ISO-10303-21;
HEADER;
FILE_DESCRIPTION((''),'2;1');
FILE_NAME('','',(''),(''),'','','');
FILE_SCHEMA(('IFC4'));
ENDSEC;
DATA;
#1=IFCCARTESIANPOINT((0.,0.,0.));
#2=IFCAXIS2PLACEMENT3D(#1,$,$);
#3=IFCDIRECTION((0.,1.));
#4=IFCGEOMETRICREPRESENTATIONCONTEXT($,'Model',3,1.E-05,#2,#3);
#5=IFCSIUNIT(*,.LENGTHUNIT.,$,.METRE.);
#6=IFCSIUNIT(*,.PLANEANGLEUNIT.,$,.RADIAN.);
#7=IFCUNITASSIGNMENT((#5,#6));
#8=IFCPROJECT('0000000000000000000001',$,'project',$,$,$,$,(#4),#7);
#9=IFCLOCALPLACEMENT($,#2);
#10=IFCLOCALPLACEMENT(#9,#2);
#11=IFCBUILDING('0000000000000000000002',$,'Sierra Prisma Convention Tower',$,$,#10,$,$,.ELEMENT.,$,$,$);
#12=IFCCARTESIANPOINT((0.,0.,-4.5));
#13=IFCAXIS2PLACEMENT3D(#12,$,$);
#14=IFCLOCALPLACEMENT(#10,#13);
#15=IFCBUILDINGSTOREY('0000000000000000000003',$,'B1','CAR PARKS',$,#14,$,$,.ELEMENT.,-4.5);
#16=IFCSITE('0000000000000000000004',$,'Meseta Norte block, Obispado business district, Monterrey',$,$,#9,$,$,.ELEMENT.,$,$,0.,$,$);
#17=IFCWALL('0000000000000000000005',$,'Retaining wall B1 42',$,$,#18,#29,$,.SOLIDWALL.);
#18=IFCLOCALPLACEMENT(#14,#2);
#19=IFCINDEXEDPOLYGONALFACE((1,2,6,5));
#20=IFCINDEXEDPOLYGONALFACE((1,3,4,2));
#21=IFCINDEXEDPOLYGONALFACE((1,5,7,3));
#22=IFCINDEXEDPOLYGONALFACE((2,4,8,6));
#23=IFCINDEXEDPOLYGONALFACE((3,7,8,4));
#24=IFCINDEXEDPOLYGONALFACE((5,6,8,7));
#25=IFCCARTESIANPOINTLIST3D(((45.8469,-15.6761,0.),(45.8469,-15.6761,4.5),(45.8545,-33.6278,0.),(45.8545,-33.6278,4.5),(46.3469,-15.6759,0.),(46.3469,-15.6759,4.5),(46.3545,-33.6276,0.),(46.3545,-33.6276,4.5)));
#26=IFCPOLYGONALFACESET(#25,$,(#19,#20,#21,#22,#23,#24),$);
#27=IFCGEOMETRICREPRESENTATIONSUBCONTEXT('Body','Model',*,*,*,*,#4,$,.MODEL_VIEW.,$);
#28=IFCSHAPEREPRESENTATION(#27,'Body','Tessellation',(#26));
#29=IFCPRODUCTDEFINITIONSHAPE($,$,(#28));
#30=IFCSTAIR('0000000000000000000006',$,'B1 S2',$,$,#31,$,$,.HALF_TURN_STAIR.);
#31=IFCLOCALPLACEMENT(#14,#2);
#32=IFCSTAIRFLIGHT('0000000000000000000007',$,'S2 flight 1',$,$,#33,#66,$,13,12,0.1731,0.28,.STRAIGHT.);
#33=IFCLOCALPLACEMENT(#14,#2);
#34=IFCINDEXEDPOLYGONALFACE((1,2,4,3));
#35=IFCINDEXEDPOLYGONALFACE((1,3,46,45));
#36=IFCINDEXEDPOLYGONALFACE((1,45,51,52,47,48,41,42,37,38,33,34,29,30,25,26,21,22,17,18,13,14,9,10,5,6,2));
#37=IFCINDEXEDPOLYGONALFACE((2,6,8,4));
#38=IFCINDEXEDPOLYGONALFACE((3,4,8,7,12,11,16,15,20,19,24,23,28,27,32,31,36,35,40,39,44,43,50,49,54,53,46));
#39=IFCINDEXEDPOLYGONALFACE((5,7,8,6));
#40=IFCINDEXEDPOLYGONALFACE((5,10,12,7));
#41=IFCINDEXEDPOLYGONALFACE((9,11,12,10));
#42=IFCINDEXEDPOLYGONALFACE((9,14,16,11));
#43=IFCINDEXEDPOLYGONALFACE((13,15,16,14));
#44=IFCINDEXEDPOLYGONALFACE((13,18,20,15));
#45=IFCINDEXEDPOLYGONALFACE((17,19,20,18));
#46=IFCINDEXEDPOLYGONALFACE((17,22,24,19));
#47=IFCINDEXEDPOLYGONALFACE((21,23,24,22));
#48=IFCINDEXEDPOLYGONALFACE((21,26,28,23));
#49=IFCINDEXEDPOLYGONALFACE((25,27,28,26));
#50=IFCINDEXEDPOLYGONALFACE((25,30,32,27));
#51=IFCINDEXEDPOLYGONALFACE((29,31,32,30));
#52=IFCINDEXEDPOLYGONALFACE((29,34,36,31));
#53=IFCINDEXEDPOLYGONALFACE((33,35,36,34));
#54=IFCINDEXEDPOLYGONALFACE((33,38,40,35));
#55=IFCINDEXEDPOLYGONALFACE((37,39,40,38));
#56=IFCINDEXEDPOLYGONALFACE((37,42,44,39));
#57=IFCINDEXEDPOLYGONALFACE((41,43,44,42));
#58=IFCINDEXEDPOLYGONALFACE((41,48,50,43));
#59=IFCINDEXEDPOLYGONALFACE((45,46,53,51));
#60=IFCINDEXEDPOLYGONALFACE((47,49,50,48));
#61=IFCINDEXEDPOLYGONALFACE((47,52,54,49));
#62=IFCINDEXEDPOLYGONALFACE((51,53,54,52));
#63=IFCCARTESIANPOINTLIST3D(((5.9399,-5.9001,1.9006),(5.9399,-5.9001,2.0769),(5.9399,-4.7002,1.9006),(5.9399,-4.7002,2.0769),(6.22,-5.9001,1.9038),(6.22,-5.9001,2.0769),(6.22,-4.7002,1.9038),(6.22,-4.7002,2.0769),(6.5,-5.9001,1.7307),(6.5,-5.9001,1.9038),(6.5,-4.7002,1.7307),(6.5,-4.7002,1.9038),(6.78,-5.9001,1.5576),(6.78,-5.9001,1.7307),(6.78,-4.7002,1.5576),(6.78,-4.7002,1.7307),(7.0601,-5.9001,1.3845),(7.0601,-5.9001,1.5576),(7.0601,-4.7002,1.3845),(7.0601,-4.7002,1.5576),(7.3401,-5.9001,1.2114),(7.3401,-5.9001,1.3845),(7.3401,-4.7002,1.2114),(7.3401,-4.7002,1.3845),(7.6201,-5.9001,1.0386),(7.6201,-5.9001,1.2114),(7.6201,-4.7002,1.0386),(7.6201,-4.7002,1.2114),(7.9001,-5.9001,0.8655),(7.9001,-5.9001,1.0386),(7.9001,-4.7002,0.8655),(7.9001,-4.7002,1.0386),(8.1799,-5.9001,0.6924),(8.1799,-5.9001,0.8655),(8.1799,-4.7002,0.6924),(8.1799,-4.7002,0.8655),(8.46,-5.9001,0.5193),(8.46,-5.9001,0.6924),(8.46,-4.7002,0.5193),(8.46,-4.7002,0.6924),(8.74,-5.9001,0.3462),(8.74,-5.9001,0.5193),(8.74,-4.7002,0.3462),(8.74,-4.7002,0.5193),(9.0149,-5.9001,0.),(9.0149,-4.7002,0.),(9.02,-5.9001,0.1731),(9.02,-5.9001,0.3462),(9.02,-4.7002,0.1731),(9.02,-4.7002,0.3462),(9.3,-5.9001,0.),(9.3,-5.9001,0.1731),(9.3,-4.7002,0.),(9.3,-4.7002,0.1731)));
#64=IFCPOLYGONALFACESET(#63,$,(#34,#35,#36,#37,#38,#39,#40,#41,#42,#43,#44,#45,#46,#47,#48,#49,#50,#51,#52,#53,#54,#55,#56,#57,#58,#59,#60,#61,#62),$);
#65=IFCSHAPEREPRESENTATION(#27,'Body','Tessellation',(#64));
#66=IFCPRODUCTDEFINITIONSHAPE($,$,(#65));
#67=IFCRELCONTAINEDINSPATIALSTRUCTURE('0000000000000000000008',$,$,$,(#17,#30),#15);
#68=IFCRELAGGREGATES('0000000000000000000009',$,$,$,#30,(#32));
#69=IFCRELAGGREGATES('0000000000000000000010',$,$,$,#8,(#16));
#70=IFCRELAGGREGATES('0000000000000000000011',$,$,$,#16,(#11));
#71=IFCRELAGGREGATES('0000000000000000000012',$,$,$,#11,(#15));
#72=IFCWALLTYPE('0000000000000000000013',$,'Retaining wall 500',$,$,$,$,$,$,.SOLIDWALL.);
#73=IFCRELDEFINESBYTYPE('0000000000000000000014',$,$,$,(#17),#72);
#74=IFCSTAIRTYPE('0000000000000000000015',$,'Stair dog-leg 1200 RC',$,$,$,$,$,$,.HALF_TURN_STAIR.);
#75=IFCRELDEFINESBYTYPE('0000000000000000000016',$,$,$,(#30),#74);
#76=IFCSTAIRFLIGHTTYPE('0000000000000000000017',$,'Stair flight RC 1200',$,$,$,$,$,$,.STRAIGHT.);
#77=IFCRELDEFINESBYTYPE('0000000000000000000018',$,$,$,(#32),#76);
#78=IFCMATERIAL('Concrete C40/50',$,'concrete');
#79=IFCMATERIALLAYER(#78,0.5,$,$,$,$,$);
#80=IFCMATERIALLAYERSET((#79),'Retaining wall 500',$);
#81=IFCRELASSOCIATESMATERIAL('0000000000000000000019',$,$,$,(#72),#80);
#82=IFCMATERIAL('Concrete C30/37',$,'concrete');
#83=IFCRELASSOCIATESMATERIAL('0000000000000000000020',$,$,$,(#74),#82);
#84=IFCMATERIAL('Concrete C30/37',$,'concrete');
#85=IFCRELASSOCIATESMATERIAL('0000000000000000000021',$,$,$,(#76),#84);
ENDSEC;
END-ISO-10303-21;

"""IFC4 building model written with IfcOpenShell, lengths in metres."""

from ifc_helpers import new_model, si_unit, direction, frame, frame_2d, origin, place, context, subcontext, project, spatial, polyline, rectangle, outline, extrude, material, layer, layer_set, type_object, element, aggregate, save


model = new_model("IFC4")

# Units and contexts
model_context = context("Model", 3, precision=1e-05, world=origin(), true_north=direction((0.0, 1.0)))
body_context = subcontext(model_context, "Body", "Model", "MODEL_VIEW")
ifc_project = project(units=[si_unit("LENGTHUNIT", "METRE"), si_unit("PLANEANGLEUNIT", "RADIAN")], contexts=[model_context])

# Site, building, storey
site_placement = place(None, origin())
site = spatial("IfcSite", under=ifc_project, at=site_placement, Name="Meseta Norte block, Obispado business district, Monterrey", CompositionType="ELEMENT", RefElevation=0.0)
building_placement = place(site_placement, origin())
building = spatial("IfcBuilding", under=site, at=building_placement, Name="Sierra Prisma Convention Tower", CompositionType="ELEMENT")
storey_placement = place(building_placement, frame((0.0, 0.0, -4.5)))
storey = spatial("IfcBuildingStorey", under=building, at=storey_placement, Name="B1", Description="CAR PARKS", CompositionType="ELEMENT", Elevation=-4.5)

# Wall
ifc_material_1 = material(Name="Concrete C40/50", Category="concrete")
ifc_layer_1 = layer(ifc_material_1, 0.5)
ifc_layer_set_1 = layer_set([ifc_layer_1], Name="Retaining wall 500")
wall_type_1 = type_object("IfcWallType", Name="Retaining wall 500", PredefinedType="SOLIDWALL", material=ifc_layer_set_1)
wall_1_placement = place(storey_placement, frame((46.0969, -15.676, 0.0), z_axis=(0.0, 0.0, 1.0), x_axis=(0.000422, -1.0, 0.0)))
element("IfcWall", 1, at=wall_1_placement, inside=storey, type_object=wall_type_1, Name="Retaining wall B1 42", PredefinedType="SOLIDWALL", context=body_context, shape_type="SweptSolid", body=[
    extrude(rectangle(XDim=17.9517, YDim=0.5, at=frame_2d((8.9758, 0.0))), origin(), (0.0, 0.0, 1.0), 4.5),
])

# Stair, stair flight
ifc_material_2 = material(Name="Concrete C30/37", Category="concrete")
stair_type = type_object("IfcStairType", Name="Stair dog-leg 1200 RC", PredefinedType="HALF_TURN_STAIR", material=ifc_material_2)
stair_placement = place(storey_placement, origin())
stair = element("IfcStair", 2, at=stair_placement, inside=storey, type_object=stair_type, Name="B1 S2", PredefinedType="HALF_TURN_STAIR")
ifc_material_3 = material(Name="Concrete C30/37", Category="concrete")
stair_flight_type = type_object("IfcStairFlightType", Name="Stair flight RC 1200", PredefinedType="STRAIGHT", material=ifc_material_3)
stair_flight_placement = place(storey_placement, frame((9.3, -5.3, 0.0), z_axis=(0.0, 0.0, 1.0), x_axis=(-1.0, 0.0, 0.0)))
stair_flight = element("IfcStairFlight", 3, at=stair_flight_placement, type_object=stair_flight_type, Name="S2 flight 1", NumberOfRisers=13, NumberOfTreads=12, PredefinedType="STRAIGHT", RiserHeight=0.1731, TreadLength=0.28, context=body_context, shape_type="SweptSolid", body=[
    extrude(outline(polyline([(0.0, 0.0), (0.0, 0.1731), (0.28, 0.1731), (0.28, 0.3462), (0.5601, 0.3462), (0.5601, 0.5193), (0.8401, 0.5193), (0.8401, 0.6924), (1.1201, 0.6924), (1.1201, 0.8655), (1.3999, 0.8655), (1.3999, 1.0386), (1.6799, 1.0386), (1.6799, 1.2114), (1.96, 1.2114), (1.96, 1.3845), (2.24, 1.3845), (2.24, 1.5576), (2.52, 1.5576), (2.52, 1.7307), (2.8, 1.7307), (2.8, 1.9038), (3.0801, 1.9038), (3.0801, 2.0769), (3.3601, 2.0769), (3.3601, 2.25), (3.3601, 1.9006), (0.2852, 0.0), (0.0, 0.0)])), frame((0.0, 0.6001, 0.0), z_axis=(0.0, -1.0, 0.0), x_axis=(1.0, 0.0, 0.0)), (0.0, 0.0, 1.0), 1.2),
])
aggregate(stair, [stair_flight])

save(model, "model.ifc")
